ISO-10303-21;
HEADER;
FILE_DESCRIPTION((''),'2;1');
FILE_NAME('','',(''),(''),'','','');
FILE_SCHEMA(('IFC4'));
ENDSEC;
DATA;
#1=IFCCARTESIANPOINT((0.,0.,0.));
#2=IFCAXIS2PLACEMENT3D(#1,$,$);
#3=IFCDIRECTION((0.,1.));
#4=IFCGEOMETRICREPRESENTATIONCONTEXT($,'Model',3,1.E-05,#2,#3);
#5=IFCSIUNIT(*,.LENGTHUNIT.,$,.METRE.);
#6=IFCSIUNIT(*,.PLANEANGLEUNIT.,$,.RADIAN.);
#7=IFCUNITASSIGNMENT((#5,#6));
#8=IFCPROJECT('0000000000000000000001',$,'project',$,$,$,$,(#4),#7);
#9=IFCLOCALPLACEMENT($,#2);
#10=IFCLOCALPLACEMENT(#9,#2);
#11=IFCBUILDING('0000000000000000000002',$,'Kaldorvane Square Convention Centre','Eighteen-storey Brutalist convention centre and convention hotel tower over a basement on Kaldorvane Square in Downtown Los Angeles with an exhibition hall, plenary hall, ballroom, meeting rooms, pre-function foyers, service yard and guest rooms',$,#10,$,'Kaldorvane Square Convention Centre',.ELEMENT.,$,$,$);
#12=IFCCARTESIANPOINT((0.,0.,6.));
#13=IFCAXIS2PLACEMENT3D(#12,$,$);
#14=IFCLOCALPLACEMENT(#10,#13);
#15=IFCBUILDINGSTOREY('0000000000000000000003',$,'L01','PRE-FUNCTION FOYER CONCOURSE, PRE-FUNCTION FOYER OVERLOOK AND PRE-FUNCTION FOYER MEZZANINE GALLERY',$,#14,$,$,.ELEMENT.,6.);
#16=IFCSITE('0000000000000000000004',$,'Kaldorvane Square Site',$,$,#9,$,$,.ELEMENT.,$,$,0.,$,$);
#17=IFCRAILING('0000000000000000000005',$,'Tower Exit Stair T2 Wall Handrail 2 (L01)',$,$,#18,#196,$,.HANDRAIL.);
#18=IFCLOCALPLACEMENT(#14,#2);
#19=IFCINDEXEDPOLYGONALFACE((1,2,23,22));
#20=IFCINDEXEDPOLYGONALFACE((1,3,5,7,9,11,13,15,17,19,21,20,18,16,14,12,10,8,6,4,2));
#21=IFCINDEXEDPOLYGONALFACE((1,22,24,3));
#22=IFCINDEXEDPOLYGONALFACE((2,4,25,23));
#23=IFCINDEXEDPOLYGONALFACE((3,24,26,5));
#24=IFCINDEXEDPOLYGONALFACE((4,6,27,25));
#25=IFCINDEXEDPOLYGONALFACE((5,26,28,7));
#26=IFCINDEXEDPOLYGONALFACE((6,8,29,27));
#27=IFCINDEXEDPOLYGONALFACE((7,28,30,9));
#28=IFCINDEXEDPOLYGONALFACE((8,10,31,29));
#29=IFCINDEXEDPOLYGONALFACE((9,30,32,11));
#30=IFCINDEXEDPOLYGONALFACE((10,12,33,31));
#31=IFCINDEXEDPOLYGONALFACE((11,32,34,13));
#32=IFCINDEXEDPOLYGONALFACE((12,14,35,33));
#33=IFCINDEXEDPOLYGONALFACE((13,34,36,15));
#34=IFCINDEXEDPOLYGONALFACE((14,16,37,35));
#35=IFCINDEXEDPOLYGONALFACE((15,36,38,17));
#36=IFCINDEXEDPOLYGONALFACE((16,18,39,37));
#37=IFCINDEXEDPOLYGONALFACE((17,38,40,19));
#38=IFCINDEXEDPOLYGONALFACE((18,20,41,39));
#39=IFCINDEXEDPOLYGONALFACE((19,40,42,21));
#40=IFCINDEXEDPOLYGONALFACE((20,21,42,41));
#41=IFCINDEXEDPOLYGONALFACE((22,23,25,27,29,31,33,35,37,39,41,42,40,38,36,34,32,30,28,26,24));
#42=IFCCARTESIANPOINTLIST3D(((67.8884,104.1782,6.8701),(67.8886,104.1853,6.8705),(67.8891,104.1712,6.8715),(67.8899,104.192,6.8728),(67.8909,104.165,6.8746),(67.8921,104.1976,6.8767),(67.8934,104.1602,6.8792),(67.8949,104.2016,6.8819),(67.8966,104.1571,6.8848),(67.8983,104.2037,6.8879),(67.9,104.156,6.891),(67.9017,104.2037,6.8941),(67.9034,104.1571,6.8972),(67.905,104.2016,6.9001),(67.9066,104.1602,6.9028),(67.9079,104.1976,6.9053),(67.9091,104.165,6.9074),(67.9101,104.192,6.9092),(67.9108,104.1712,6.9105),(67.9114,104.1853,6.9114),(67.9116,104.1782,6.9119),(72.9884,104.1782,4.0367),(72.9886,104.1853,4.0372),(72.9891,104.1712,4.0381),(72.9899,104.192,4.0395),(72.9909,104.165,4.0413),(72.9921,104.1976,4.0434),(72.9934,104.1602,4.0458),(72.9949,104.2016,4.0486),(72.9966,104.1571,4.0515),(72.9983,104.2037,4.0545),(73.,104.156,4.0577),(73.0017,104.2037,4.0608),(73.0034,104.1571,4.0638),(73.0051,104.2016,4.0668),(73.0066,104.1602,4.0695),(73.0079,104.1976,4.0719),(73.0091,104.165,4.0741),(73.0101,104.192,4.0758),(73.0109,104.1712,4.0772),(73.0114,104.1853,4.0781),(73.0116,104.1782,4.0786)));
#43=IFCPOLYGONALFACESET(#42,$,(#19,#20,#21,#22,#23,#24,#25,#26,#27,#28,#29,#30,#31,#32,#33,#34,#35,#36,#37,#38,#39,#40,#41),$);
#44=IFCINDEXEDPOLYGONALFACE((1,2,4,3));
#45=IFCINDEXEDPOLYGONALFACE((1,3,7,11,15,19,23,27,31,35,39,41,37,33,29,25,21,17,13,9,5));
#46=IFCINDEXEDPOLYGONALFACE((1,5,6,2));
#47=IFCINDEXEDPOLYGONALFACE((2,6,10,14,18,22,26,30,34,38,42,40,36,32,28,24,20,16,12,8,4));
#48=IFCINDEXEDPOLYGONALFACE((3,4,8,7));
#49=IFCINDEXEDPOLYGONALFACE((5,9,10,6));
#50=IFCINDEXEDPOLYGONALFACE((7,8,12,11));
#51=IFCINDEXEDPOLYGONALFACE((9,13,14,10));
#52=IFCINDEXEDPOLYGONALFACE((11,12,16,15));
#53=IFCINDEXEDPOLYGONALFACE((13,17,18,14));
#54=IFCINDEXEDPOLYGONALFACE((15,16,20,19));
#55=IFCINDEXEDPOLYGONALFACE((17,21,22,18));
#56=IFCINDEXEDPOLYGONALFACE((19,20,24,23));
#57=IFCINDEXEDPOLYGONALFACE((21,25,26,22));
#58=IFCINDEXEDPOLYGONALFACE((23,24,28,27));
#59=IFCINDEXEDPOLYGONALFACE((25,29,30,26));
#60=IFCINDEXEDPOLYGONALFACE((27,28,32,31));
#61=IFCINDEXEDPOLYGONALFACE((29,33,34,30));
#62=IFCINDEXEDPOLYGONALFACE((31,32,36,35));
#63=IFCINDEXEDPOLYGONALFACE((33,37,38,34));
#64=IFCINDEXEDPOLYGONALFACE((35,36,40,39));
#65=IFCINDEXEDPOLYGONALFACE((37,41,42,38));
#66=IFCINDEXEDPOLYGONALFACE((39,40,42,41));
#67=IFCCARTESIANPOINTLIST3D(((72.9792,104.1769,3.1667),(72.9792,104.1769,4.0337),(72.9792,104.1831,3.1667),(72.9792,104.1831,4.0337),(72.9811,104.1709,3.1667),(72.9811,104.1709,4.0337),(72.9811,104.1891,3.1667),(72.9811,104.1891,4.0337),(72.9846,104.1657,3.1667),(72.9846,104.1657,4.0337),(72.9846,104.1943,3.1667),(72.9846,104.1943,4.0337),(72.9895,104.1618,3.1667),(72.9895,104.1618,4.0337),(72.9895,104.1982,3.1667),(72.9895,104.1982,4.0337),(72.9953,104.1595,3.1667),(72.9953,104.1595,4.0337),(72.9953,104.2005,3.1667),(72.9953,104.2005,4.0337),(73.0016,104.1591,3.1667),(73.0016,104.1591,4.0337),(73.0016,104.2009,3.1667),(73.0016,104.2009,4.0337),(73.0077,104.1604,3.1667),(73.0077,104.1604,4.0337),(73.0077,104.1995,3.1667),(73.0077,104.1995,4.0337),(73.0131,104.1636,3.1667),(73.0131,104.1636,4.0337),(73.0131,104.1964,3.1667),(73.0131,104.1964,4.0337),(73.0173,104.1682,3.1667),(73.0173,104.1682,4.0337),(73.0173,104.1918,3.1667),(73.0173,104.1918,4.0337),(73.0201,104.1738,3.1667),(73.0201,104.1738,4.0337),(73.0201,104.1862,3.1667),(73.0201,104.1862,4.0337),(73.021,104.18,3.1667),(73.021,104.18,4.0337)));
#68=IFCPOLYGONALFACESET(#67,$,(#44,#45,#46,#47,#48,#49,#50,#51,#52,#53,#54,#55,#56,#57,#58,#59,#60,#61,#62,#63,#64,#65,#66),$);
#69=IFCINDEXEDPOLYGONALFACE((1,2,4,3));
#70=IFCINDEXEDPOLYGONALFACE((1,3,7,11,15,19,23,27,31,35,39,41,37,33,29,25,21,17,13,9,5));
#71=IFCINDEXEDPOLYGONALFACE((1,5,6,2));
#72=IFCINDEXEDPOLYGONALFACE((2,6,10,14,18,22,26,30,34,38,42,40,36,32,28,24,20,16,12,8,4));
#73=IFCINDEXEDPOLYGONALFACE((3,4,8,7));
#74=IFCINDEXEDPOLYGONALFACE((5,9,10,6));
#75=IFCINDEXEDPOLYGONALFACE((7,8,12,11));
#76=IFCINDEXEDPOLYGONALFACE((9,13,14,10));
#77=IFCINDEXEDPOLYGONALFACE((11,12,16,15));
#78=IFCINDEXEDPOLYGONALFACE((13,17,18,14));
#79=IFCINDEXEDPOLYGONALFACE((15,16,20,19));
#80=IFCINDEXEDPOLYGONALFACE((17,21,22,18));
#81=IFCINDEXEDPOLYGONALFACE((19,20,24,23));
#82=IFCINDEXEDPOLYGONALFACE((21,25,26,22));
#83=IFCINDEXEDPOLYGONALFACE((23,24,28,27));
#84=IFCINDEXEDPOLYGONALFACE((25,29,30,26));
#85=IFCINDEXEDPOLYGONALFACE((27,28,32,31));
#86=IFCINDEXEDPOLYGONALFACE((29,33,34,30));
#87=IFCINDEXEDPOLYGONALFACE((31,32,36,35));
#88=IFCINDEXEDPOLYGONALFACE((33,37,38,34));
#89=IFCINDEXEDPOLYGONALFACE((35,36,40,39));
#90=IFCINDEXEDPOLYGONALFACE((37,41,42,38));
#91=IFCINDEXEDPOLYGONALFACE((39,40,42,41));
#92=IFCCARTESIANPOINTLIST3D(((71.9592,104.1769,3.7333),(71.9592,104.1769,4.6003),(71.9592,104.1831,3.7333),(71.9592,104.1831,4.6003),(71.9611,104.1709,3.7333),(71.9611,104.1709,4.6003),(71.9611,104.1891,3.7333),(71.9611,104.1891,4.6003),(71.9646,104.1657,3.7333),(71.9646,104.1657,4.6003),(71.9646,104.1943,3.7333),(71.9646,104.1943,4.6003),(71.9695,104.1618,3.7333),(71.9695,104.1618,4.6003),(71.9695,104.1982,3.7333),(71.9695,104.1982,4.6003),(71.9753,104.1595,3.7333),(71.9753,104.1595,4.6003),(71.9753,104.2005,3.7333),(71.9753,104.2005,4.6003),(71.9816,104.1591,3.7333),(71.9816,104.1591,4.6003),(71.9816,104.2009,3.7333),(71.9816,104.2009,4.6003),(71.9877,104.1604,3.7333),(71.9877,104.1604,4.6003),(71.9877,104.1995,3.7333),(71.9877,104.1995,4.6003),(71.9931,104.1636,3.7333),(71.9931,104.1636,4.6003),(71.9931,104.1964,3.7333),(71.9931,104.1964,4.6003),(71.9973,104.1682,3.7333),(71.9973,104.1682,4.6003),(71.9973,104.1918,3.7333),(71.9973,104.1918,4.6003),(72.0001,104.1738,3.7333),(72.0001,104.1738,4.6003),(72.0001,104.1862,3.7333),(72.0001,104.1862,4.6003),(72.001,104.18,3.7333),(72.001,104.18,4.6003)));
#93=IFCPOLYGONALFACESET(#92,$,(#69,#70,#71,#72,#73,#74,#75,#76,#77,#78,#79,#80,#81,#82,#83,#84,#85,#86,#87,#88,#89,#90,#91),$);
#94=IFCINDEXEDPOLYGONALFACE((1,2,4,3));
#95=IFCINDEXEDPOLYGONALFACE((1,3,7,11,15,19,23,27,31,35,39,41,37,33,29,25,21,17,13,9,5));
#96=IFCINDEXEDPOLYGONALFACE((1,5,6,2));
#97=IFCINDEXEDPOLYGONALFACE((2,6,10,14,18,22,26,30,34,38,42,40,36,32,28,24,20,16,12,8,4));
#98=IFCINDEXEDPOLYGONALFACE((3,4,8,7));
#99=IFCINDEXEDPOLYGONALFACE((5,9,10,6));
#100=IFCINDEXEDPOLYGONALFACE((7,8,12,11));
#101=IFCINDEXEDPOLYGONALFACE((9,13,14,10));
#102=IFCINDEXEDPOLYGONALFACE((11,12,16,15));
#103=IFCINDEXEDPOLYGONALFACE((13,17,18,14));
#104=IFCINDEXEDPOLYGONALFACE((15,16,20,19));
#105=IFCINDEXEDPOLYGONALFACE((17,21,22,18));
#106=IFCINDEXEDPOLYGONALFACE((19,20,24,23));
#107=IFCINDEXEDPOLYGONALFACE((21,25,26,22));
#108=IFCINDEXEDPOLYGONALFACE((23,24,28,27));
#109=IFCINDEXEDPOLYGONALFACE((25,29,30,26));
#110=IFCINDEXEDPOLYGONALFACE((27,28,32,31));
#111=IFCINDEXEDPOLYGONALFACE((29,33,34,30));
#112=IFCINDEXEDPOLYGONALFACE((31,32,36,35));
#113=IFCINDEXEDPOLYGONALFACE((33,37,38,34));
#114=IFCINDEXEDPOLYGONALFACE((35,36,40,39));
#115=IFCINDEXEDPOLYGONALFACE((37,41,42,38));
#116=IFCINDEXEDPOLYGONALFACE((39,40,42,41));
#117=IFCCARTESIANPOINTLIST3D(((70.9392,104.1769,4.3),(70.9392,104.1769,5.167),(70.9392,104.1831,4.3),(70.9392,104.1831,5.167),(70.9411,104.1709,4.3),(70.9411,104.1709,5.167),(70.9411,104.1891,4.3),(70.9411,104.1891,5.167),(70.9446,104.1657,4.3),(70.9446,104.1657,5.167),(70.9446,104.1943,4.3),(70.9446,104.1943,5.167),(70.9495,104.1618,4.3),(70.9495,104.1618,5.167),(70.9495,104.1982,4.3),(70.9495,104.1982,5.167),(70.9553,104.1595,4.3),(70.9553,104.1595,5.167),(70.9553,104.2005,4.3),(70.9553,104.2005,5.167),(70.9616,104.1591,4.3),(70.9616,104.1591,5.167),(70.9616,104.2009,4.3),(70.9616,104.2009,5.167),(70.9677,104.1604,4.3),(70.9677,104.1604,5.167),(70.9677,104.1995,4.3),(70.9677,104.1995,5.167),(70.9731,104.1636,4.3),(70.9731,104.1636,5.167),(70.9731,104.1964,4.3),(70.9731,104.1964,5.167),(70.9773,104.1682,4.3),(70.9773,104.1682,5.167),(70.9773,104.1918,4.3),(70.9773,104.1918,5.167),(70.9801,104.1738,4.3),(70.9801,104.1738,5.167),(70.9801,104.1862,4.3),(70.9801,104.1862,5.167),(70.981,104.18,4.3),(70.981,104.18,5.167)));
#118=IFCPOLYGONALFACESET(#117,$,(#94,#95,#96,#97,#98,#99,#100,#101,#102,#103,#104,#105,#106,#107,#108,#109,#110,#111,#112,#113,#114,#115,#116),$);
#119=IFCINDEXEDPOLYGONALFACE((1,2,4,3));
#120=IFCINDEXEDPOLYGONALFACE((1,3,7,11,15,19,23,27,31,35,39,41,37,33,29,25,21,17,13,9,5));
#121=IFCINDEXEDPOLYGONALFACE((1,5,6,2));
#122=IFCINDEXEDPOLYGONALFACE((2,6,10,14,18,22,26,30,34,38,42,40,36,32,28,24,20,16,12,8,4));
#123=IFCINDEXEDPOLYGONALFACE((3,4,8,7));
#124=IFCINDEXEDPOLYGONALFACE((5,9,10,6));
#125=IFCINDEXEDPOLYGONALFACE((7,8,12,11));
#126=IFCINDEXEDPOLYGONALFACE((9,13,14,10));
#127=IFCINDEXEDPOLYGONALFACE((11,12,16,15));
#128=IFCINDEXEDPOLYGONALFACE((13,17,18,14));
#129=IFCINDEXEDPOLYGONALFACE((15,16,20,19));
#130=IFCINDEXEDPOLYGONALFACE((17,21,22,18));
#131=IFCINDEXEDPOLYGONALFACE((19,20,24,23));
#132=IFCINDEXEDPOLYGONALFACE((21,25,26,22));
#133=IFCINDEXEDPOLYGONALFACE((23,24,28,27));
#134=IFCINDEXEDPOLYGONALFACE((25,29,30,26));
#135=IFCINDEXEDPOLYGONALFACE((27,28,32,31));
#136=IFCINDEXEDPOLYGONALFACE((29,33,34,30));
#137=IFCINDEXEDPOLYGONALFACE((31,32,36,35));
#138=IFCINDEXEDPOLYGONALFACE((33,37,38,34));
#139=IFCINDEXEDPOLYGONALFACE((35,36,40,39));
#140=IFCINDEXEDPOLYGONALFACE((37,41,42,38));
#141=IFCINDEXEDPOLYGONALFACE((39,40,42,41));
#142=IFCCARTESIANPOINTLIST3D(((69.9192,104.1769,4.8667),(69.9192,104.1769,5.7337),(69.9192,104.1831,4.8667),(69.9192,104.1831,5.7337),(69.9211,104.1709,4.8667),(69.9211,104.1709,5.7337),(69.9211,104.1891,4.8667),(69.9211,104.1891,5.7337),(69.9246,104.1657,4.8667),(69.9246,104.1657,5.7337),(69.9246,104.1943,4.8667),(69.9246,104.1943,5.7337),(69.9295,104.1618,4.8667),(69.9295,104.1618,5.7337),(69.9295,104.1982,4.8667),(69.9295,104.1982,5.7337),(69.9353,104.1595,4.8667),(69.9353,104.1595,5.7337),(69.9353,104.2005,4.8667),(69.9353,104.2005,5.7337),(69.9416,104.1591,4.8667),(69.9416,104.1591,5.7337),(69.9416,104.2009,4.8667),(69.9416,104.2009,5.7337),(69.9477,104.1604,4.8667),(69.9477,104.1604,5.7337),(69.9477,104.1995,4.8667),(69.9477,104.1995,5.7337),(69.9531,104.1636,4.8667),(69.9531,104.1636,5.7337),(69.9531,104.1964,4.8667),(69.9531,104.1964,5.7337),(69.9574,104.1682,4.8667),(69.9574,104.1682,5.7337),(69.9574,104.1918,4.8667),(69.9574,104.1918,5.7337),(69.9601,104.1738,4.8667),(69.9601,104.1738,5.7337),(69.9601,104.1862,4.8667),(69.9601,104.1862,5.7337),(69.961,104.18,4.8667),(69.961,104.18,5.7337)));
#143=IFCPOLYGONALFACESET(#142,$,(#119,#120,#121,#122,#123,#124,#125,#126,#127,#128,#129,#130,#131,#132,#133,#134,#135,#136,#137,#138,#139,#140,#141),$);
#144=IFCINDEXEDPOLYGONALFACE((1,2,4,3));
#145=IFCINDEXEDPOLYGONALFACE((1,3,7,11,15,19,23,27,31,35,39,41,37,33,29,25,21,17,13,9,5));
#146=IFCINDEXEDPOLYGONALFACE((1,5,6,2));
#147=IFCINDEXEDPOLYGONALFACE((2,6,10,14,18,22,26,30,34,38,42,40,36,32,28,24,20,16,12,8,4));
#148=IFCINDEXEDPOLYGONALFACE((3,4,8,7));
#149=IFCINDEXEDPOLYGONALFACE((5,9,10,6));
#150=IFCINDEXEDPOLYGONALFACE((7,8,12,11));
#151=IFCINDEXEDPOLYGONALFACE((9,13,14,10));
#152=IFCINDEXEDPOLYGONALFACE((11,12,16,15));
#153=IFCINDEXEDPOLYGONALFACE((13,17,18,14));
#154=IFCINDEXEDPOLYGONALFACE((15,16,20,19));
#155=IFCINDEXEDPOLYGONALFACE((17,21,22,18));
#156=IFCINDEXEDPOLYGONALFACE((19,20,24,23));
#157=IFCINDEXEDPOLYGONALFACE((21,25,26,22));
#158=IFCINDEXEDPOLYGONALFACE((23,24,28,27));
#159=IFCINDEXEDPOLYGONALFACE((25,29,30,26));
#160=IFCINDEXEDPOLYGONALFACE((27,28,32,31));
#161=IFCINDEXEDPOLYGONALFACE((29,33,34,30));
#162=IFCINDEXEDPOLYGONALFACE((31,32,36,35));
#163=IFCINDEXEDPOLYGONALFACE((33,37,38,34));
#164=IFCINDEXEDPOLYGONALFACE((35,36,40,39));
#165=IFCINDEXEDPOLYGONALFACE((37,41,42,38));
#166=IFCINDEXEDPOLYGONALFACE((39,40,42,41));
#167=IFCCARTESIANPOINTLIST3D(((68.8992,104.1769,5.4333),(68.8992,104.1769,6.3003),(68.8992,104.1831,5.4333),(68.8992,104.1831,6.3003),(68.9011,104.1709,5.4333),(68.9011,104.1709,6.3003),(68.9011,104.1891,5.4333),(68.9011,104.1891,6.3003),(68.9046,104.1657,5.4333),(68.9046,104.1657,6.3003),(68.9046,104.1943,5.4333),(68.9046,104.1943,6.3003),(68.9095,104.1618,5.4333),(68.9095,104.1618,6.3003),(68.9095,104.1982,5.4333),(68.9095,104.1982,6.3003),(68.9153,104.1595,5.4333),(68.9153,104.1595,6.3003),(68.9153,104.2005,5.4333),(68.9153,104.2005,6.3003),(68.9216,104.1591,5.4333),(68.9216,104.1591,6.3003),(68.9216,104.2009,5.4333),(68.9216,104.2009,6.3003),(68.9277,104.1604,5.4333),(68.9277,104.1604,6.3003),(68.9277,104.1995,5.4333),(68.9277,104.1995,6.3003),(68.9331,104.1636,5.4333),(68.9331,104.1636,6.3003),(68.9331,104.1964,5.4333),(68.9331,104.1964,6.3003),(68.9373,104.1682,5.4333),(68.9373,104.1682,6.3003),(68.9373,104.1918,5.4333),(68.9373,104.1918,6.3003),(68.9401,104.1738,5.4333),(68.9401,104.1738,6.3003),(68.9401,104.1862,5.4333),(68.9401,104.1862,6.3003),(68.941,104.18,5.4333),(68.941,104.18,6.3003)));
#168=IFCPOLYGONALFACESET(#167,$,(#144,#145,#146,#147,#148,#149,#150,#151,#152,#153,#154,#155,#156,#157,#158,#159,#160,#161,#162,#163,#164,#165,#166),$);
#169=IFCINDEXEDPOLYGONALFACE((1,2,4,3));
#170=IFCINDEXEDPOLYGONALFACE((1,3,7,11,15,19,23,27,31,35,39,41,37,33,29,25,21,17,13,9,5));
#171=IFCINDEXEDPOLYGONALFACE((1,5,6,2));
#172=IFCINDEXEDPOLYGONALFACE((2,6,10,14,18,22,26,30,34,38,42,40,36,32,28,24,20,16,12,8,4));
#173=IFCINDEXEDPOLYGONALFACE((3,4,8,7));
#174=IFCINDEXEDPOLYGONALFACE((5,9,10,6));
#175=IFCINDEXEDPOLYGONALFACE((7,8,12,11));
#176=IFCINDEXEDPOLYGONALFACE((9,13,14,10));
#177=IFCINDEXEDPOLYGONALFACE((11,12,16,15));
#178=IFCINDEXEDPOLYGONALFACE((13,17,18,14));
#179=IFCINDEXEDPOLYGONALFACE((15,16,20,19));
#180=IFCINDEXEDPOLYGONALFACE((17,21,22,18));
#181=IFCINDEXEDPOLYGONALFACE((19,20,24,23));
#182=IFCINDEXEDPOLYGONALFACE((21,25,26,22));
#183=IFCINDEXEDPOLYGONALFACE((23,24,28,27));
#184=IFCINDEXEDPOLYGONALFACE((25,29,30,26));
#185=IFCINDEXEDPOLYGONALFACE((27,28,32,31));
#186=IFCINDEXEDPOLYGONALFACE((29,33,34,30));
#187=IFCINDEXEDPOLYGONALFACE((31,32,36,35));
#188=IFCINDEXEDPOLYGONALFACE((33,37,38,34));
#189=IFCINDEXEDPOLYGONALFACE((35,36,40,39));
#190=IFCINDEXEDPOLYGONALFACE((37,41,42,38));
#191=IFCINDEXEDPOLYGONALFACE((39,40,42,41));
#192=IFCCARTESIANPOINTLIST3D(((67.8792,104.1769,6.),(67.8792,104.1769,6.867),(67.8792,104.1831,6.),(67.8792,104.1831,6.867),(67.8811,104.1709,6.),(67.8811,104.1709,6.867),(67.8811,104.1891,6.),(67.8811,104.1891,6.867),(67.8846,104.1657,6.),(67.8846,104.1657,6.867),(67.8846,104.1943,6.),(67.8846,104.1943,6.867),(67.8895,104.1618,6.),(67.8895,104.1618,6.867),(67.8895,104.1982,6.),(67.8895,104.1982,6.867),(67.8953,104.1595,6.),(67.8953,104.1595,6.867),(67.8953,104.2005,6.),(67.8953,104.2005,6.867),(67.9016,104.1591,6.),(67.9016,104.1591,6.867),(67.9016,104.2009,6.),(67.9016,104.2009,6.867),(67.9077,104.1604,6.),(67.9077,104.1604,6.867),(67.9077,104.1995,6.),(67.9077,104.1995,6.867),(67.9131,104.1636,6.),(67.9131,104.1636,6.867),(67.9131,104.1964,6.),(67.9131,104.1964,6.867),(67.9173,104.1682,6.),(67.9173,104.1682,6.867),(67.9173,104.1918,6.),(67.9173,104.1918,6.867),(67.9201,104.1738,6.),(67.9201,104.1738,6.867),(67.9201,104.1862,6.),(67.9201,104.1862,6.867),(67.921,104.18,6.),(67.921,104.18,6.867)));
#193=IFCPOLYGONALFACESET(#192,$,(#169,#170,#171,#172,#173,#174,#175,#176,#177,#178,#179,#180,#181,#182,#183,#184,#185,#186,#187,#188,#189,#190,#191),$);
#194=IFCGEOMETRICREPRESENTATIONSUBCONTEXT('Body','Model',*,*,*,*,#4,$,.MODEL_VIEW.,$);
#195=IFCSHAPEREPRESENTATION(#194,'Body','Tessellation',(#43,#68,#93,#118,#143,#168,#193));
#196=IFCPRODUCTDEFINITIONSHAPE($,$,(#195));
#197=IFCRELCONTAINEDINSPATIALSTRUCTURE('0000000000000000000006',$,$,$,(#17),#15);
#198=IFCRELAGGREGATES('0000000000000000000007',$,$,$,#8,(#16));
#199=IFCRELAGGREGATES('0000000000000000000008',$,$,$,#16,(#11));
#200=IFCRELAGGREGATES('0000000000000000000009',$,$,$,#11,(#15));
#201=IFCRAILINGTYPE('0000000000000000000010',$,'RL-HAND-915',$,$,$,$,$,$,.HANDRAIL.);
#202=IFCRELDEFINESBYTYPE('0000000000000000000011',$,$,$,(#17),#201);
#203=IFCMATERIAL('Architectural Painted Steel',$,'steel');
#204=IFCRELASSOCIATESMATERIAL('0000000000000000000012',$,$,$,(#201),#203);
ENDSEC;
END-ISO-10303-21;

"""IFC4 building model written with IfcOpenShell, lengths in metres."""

from ifc_helpers import new_model, si_unit, direction, frame, origin, origin_2d, place, context, subcontext, project, spatial, circle, extrude, material, type_object, element, save


model = new_model("IFC4")

# Units and contexts
model_context = context("Model", 3, precision=1e-05, world=origin(), true_north=direction((0.0, 1.0)))
body_context = subcontext(model_context, "Body", "Model", "MODEL_VIEW")
ifc_project = project(units=[si_unit("LENGTHUNIT", "METRE"), si_unit("PLANEANGLEUNIT", "RADIAN")], contexts=[model_context])

# Site, building, storey
site_placement = place(None, origin())
site = spatial("IfcSite", under=ifc_project, at=site_placement, Name="Kaldorvane Square Site", CompositionType="ELEMENT", RefElevation=0.0)
building_placement = place(site_placement, origin())
building = spatial("IfcBuilding", under=site, at=building_placement, Name="Kaldorvane Square Convention Centre", Description="Eighteen-storey Brutalist convention centre and convention hotel tower over a basement on Kaldorvane Square in Downtown Los Angeles with an exhibition hall, plenary hall, ballroom, meeting rooms, pre-function foyers, service yard and guest rooms", LongName="Kaldorvane Square Convention Centre", CompositionType="ELEMENT")
storey_placement = place(building_placement, frame((0.0, 0.0, 6.0)))
storey = spatial("IfcBuildingStorey", under=building, at=storey_placement, Name="L01", Description="PRE-FUNCTION FOYER CONCOURSE, PRE-FUNCTION FOYER OVERLOOK AND PRE-FUNCTION FOYER MEZZANINE GALLERY", CompositionType="ELEMENT", Elevation=6.0)

# Railing
ifc_material_1 = material(Name="Architectural Painted Steel", Category="steel")
railing_type_1 = type_object("IfcRailingType", Name="RL-HAND-915", PredefinedType="HANDRAIL", material=ifc_material_1)
railing_1_placement = place(storey_placement, frame((73.0, 104.18, 3.1667)))
element("IfcRailing", 1, at=railing_1_placement, inside=storey, type_object=railing_type_1, Name="Tower Exit Stair T2 Wall Handrail 2 (L01)", PredefinedType="HANDRAIL", context=body_context, shape_type="SweptSolid", body=[
    extrude(circle(Radius=0.024, at=origin_2d()), frame((0.0, 0.0, 0.891), z_axis=(-0.874158, 0.0, 0.485642), x_axis=(0.0, -1.0, 0.0)), (0.0, 0.0, 1.0), 5.8342),
    extrude(circle(Radius=0.021, at=origin_2d()), origin(), (0.0, 0.0, 1.0), 0.867),
    extrude(circle(Radius=0.021, at=origin_2d()), frame((-1.02, 0.0, 0.5667)), (0.0, 0.0, 1.0), 0.867),
    extrude(circle(Radius=0.021, at=origin_2d()), frame((-2.04, 0.0, 1.1333)), (0.0, 0.0, 1.0), 0.867),
    extrude(circle(Radius=0.021, at=origin_2d()), frame((-3.06, 0.0, 1.7)), (0.0, 0.0, 1.0), 0.867),
    extrude(circle(Radius=0.021, at=origin_2d()), frame((-4.08, 0.0, 2.2667)), (0.0, 0.0, 1.0), 0.867),
    extrude(circle(Radius=0.021, at=origin_2d()), frame((-5.1, 0.0, 2.8333)), (0.0, 0.0, 1.0), 0.867),
])

save(model, "model.ifc")
